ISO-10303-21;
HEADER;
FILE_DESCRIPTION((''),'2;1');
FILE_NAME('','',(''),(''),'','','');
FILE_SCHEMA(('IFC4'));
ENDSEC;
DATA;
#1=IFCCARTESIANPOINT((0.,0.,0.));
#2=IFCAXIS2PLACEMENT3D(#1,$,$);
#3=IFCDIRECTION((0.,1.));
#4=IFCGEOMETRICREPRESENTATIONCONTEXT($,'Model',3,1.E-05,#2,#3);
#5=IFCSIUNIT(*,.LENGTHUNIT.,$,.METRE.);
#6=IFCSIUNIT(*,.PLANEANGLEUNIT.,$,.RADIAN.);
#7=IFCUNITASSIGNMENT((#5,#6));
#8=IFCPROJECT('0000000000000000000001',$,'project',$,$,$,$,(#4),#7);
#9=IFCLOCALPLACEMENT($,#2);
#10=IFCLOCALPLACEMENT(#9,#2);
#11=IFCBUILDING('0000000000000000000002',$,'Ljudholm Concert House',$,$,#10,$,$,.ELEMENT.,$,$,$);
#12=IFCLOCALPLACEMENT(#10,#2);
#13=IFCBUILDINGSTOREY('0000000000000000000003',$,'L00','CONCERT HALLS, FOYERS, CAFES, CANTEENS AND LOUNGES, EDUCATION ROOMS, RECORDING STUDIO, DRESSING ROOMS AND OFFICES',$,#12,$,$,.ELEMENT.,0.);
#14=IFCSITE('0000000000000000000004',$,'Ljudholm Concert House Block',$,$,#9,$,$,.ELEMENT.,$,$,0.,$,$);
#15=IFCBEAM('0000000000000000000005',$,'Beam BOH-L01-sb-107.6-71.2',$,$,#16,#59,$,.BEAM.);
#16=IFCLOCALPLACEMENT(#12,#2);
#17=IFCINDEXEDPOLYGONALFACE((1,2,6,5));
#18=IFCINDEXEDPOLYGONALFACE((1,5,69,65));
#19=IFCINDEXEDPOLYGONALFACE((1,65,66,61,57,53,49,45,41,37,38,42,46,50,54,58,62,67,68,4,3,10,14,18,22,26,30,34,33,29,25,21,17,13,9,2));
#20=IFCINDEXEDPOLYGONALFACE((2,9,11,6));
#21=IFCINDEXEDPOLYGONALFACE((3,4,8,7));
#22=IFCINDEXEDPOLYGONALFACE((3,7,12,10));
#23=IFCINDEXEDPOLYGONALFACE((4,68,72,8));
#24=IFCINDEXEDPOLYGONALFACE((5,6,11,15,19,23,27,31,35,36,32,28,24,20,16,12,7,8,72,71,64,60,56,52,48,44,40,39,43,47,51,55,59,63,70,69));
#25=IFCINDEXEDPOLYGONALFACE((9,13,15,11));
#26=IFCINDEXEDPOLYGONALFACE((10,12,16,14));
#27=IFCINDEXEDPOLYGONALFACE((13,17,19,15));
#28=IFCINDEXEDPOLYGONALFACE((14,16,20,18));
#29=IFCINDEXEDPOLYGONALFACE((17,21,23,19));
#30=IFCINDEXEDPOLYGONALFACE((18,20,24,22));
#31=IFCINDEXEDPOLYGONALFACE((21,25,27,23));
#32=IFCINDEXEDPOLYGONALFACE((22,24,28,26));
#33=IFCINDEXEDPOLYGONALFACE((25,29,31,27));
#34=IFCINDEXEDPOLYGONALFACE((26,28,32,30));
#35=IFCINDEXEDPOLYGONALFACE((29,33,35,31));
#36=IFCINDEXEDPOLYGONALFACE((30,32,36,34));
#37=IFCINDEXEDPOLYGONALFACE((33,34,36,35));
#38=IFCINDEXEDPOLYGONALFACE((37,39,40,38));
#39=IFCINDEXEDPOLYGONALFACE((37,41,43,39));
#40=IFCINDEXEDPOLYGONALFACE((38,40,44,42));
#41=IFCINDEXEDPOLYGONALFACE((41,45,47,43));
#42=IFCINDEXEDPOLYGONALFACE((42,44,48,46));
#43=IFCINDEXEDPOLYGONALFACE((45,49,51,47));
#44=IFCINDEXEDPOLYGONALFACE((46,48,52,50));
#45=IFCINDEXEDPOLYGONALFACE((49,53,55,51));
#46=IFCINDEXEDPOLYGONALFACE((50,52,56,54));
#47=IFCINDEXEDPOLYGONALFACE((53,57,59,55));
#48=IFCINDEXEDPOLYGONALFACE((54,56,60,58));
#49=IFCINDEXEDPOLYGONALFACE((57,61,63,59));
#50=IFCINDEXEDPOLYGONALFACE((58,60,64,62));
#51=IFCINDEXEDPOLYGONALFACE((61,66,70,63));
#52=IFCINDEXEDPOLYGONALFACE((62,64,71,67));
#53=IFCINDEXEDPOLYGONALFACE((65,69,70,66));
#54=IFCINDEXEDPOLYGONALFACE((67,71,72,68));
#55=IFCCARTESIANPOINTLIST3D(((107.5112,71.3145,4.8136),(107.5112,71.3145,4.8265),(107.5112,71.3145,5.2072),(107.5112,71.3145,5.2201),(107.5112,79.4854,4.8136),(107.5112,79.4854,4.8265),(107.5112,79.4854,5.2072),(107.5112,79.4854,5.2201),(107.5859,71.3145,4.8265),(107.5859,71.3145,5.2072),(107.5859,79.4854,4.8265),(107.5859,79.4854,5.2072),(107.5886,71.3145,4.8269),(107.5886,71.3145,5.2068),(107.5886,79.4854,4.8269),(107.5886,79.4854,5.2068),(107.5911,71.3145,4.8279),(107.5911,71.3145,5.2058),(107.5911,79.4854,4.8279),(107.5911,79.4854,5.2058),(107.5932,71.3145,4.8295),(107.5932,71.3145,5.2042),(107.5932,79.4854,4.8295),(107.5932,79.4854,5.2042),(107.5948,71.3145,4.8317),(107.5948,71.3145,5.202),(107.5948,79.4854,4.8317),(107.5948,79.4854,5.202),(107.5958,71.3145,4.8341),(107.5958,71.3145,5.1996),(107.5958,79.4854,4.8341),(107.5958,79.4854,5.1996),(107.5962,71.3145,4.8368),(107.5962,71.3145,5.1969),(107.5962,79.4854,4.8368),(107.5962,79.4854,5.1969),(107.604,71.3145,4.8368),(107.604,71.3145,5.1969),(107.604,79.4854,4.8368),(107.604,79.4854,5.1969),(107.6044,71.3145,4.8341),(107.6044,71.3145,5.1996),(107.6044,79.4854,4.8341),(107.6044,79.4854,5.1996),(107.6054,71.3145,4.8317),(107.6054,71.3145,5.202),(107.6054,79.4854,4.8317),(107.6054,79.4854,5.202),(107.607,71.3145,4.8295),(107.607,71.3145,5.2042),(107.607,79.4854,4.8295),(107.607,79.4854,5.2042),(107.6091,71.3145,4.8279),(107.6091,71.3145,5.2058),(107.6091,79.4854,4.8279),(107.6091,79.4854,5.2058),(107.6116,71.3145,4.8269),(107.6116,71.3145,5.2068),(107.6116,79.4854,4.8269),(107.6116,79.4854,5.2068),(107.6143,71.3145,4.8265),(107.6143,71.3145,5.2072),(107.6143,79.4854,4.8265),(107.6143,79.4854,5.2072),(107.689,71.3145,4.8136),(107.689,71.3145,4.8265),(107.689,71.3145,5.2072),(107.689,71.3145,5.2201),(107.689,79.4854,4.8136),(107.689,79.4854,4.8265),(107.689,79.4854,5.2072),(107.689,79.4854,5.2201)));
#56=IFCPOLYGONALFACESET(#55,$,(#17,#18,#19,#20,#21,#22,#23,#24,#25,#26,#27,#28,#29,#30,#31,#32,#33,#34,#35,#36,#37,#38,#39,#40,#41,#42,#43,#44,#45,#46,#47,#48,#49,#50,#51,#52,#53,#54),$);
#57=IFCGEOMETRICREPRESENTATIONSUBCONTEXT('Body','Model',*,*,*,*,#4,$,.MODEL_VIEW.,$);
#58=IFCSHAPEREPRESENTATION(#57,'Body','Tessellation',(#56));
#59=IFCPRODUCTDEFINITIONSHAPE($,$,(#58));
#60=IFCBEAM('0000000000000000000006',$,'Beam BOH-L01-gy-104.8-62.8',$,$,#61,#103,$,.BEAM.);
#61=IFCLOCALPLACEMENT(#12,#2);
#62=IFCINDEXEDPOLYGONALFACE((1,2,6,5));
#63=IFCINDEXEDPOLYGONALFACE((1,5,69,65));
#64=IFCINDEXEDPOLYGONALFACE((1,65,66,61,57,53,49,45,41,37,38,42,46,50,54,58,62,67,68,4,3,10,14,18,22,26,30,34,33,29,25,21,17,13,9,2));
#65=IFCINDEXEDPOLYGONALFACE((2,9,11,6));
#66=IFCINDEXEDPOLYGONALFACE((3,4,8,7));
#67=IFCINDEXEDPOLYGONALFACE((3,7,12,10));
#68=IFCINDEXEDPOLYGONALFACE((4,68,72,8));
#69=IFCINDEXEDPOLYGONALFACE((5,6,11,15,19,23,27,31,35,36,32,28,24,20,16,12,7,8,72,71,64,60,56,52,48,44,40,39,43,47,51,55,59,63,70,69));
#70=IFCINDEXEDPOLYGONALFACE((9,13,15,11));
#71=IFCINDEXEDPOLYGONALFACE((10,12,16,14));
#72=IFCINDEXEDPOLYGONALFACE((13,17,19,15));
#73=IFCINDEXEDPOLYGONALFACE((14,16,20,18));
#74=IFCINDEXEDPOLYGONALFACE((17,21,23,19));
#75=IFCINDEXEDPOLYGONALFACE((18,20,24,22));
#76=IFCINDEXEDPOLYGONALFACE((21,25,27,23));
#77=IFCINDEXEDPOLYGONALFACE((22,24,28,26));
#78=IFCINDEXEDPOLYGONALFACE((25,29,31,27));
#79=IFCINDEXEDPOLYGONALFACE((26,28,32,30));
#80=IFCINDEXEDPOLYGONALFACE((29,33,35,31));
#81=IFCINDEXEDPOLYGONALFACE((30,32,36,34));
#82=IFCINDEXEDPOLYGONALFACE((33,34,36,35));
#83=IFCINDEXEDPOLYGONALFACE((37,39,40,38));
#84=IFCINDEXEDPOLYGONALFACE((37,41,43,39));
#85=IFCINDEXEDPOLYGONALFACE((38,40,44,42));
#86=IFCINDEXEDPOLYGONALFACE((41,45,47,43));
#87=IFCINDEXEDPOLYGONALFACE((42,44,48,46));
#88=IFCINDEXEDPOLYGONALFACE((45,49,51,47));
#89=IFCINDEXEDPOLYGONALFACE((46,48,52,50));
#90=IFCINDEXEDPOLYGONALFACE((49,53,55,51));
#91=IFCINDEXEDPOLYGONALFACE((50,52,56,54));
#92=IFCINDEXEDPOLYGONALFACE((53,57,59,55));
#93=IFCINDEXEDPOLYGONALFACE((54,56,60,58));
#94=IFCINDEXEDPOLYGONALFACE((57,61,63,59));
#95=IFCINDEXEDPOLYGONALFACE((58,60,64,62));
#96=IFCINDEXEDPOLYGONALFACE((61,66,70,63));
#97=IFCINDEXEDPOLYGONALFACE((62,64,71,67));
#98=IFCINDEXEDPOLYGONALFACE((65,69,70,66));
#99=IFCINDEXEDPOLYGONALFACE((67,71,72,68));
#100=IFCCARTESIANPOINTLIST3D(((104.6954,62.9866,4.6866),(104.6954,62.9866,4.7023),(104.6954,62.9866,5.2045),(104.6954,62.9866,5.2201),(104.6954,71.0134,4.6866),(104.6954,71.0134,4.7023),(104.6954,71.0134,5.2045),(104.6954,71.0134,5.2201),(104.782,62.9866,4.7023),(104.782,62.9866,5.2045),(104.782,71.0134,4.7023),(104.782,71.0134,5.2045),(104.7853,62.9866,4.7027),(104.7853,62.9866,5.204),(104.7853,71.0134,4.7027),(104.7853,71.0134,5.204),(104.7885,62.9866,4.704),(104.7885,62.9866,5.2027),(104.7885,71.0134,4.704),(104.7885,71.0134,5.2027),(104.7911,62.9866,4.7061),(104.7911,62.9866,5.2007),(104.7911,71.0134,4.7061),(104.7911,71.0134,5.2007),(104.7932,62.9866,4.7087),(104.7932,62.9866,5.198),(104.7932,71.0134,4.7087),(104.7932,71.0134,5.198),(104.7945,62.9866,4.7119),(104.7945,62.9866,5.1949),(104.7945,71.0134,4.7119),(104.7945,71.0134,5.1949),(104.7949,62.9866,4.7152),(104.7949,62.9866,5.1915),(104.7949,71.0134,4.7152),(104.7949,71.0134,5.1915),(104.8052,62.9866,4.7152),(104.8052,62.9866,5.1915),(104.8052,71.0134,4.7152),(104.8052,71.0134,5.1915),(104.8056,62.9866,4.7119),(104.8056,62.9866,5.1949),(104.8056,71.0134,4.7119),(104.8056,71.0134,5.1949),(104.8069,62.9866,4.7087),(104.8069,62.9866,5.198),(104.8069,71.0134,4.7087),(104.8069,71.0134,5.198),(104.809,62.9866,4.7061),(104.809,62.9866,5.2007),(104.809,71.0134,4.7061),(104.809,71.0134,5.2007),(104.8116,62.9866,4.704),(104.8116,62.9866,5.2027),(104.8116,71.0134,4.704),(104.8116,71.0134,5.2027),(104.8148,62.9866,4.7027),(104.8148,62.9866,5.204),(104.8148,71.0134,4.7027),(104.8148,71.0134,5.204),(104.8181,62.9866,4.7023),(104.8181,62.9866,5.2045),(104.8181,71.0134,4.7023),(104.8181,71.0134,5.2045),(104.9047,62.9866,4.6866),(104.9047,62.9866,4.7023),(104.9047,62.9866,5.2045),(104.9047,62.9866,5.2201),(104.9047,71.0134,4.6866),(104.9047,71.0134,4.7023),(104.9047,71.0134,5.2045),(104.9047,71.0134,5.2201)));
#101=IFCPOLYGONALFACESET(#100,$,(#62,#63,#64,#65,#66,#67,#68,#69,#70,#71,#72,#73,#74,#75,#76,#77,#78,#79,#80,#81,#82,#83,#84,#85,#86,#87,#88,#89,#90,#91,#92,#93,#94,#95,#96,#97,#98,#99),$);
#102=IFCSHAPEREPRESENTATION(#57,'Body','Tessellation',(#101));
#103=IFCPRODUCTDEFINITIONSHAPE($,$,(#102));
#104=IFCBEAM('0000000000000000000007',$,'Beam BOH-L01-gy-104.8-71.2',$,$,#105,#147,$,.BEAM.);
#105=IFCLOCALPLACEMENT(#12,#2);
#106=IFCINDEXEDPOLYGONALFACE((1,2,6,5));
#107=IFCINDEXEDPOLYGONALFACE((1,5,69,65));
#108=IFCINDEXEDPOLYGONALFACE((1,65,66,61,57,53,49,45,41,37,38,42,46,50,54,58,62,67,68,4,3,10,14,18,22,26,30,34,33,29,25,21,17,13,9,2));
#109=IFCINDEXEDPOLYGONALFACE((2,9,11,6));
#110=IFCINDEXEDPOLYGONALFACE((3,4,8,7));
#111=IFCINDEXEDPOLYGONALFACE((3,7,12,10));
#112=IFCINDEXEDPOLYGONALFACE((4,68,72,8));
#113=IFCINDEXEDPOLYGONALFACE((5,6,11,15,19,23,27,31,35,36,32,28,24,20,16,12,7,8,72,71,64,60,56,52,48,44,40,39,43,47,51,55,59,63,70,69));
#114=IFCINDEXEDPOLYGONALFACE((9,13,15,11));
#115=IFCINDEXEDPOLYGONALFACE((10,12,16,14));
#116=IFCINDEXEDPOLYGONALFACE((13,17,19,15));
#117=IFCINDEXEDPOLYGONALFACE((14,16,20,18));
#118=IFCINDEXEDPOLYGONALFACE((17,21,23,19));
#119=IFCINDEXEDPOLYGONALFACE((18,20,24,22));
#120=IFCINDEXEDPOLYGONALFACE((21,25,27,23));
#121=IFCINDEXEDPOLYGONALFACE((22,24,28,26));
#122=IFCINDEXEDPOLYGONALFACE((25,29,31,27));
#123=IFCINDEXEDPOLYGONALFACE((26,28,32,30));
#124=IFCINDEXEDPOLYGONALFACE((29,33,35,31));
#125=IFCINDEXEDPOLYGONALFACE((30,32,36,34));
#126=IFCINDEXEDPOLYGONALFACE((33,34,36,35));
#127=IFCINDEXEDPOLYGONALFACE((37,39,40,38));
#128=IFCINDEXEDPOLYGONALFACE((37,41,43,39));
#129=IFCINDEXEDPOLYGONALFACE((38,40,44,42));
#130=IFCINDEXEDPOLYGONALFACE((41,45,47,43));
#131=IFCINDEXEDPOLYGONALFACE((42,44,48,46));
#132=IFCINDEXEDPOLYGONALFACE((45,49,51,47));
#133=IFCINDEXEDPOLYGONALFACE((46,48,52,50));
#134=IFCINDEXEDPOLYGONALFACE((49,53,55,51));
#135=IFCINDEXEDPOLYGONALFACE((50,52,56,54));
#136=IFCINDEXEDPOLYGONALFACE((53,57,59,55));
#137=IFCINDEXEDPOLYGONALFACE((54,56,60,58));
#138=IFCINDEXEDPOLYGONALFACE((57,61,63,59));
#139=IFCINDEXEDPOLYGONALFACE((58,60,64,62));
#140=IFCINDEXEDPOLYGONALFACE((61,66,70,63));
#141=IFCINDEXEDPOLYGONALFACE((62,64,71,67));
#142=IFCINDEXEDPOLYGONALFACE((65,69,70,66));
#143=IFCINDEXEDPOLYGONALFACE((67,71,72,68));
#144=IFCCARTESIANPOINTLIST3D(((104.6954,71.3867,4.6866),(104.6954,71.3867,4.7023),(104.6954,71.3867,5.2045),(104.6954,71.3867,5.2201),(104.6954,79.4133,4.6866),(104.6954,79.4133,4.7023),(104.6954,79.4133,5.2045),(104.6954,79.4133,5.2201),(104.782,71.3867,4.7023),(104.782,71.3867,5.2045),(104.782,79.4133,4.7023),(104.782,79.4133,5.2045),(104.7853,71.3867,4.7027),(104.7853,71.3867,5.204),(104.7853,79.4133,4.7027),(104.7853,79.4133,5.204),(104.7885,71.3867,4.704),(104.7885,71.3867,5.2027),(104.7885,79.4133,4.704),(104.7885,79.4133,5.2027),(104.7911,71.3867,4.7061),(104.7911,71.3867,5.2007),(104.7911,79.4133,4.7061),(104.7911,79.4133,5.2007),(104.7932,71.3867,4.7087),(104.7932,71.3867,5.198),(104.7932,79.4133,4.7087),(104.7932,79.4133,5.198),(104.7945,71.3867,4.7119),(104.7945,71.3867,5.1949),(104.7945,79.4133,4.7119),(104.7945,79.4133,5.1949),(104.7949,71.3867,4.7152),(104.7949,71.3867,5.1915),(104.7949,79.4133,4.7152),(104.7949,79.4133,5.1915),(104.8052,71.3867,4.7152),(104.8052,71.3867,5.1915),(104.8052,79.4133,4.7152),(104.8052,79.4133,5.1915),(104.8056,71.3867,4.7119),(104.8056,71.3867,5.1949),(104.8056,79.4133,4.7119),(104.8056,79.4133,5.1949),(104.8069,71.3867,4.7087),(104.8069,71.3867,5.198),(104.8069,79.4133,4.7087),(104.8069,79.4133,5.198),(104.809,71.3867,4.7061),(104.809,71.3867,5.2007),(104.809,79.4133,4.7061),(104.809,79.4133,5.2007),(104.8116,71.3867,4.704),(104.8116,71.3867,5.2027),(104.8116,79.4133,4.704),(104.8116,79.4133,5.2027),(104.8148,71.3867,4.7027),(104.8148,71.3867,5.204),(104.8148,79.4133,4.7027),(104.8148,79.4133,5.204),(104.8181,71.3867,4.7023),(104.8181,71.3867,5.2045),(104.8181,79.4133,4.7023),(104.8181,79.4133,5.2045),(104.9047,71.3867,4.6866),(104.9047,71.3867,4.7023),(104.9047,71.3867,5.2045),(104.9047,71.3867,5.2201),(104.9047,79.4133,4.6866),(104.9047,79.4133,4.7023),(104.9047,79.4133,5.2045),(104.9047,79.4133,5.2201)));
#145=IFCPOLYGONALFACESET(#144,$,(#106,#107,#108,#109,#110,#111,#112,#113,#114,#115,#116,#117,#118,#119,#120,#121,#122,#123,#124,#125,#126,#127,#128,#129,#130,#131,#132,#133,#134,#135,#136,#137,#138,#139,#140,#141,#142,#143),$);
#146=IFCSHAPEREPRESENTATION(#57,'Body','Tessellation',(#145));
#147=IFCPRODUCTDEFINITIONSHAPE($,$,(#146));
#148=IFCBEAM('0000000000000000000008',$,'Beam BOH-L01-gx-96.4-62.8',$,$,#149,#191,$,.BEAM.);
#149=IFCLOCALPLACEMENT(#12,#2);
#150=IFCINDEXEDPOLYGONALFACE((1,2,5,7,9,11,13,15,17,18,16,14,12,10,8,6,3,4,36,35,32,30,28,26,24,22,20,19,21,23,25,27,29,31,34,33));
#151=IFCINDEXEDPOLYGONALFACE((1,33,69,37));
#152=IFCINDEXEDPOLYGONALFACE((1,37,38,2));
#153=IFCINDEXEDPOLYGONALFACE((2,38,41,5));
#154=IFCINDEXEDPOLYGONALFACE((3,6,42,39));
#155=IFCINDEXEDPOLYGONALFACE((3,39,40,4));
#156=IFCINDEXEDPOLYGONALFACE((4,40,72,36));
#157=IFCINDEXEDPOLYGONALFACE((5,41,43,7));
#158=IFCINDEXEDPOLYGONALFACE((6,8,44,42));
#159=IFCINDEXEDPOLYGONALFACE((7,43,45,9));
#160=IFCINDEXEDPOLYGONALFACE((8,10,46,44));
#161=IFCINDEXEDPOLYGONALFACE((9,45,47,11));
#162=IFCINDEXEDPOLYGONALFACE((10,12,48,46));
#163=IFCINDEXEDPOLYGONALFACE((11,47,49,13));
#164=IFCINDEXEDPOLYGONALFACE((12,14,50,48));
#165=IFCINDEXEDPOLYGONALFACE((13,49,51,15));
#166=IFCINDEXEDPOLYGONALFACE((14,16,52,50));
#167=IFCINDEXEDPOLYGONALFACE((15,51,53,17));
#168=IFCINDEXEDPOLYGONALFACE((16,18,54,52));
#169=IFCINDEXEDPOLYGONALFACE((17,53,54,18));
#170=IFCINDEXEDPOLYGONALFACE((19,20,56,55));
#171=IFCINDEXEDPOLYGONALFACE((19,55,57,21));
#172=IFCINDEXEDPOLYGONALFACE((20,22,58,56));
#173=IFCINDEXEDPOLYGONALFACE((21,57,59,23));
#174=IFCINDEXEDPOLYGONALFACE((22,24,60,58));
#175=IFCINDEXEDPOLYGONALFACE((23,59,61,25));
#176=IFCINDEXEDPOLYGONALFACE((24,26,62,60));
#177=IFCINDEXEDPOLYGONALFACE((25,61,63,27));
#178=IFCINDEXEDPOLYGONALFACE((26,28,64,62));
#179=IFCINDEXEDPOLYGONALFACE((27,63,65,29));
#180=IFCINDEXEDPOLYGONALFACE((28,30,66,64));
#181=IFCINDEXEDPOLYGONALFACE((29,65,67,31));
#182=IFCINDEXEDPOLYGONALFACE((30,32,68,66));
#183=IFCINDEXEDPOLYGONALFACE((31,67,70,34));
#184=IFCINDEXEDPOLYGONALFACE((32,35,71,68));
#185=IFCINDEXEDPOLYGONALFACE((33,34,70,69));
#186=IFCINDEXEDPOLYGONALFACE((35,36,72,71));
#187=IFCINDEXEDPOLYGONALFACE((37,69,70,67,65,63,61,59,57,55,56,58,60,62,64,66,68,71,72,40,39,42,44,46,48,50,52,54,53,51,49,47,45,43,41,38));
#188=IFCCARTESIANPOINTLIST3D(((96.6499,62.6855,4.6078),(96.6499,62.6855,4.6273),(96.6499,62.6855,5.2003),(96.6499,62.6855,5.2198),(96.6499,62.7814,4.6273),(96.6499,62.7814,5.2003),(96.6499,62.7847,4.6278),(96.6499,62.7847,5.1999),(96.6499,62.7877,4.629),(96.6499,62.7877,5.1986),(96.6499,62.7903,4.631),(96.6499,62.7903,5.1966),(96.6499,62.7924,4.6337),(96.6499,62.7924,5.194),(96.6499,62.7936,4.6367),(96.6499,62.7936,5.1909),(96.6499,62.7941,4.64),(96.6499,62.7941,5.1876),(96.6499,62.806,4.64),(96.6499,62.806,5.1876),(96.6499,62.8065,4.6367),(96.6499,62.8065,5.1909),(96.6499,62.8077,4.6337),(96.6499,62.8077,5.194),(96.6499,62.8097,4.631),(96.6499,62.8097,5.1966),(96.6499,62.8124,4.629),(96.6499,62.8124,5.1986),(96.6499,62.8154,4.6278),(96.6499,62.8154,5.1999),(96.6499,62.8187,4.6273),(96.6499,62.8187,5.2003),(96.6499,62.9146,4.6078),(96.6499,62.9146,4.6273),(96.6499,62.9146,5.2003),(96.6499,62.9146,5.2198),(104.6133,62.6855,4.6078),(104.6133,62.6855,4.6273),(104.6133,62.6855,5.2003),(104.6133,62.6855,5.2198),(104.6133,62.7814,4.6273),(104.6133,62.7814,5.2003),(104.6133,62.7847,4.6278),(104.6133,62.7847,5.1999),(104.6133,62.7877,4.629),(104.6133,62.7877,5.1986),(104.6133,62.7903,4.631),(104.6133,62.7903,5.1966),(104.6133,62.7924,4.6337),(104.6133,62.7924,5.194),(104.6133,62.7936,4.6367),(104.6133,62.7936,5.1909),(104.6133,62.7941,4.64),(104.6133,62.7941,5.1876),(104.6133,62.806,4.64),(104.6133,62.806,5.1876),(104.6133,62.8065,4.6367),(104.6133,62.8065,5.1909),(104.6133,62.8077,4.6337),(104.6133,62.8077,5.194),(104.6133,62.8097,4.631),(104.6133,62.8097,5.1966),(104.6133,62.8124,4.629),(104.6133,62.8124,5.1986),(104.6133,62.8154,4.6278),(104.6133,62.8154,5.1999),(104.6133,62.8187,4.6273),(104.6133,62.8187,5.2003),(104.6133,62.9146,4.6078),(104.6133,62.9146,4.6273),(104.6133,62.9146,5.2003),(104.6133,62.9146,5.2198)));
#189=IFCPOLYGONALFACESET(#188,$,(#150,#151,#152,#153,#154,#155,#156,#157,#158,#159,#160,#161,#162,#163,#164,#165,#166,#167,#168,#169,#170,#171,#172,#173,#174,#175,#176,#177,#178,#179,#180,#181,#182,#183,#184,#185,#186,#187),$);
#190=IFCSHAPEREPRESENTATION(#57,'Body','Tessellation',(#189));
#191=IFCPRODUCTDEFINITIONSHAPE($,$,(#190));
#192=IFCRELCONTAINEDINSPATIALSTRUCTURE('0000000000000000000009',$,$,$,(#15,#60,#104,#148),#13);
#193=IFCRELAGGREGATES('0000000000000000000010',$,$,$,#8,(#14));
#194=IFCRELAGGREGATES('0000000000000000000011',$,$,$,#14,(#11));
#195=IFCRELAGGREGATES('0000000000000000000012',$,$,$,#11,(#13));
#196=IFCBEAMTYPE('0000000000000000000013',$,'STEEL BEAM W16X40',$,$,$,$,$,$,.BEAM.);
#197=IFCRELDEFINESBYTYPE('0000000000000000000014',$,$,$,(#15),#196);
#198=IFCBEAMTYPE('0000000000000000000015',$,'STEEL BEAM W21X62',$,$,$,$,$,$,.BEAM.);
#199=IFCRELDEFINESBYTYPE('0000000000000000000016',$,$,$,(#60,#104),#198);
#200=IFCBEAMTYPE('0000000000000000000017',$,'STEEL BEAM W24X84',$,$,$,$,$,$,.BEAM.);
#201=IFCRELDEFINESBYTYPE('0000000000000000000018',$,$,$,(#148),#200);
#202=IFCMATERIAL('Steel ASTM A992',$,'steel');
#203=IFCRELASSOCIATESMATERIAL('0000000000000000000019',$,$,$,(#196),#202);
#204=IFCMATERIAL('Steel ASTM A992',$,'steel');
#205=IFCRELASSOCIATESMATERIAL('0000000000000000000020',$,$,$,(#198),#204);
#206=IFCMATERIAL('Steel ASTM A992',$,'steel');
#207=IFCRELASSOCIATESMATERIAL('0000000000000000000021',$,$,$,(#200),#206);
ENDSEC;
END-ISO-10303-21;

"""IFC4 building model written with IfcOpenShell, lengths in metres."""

from ifc_helpers import new_model, si_unit, direction, frame, origin, origin_2d, place, context, subcontext, project, spatial, i_section, extrude, material, material_profile, profile_set, type_object, element, save


model = new_model("IFC4")

# Units and contexts
model_context = context("Model", 3, precision=1e-05, world=origin(), true_north=direction((0.0, 1.0)))
body_context = subcontext(model_context, "Body", "Model", "MODEL_VIEW")
ifc_project = project(units=[si_unit("LENGTHUNIT", "METRE"), si_unit("PLANEANGLEUNIT", "RADIAN")], contexts=[model_context])

# Site, building, storey
site_placement = place(None, origin())
site = spatial("IfcSite", under=ifc_project, at=site_placement, Name="Ljudholm Concert House Block", CompositionType="ELEMENT", RefElevation=0.0)
building_placement = place(site_placement, origin())
building = spatial("IfcBuilding", under=site, at=building_placement, Name="Ljudholm Concert House", CompositionType="ELEMENT")
storey_placement = place(building_placement, origin())
storey = spatial("IfcBuildingStorey", under=building, at=storey_placement, Name="L00", Description="CONCERT HALLS, FOYERS, CAFES, CANTEENS AND LOUNGES, EDUCATION ROOMS, RECORDING STUDIO, DRESSING ROOMS AND OFFICES", CompositionType="ELEMENT", Elevation=0.0)

# Beams
ifc_material_1 = material(Name="Steel ASTM A992", Category="steel")
ifc_material_profile_1 = material_profile(ifc_material_1, i_section(OverallWidth=0.1777, OverallDepth=0.4065, WebThickness=0.0078, FlangeThickness=0.0129, FilletRadius=0.0103, at=origin_2d()), Name="W16X40")
ifc_profile_set_1 = profile_set([ifc_material_profile_1], Name="Steel ASTM A992")
beam_type_1 = type_object("IfcBeamType", Name="STEEL BEAM W16X40", PredefinedType="BEAM", material=ifc_profile_set_1)
for number, where, z_axis, x_axis, name in (
    (1, (107.6001, 71.3145, 5.0168), (0.0, 1.0, 0.0), (-1.0, 0.0, 0.0), "Beam BOH-L01-sb-107.6-71.2"),
):
    element("IfcBeam", number, at=place(storey_placement, frame(where, z_axis=z_axis, x_axis=x_axis)), inside=storey, type_object=beam_type_1, Name=name, PredefinedType="BEAM", context=body_context, shape_type="SweptSolid", body=[
        extrude(i_section(OverallWidth=0.1777, OverallDepth=0.4065, WebThickness=0.0078, FlangeThickness=0.0129, FilletRadius=0.0103, at=origin_2d()), origin(), (0.0, 0.0, 1.0), 8.1709),
    ])
ifc_material_2 = material(Name="Steel ASTM A992", Category="steel")
ifc_material_profile_2 = material_profile(ifc_material_2, i_section(OverallWidth=0.2092, OverallDepth=0.5334, WebThickness=0.0103, FlangeThickness=0.0156, FilletRadius=0.0129, at=origin_2d()), Name="W21X62")
ifc_profile_set_2 = profile_set([ifc_material_profile_2], Name="Steel ASTM A992")
beam_type_2 = type_object("IfcBeamType", Name="STEEL BEAM W21X62", PredefinedType="BEAM", material=ifc_profile_set_2)
beam_1_placement = place(storey_placement, frame((104.8, 62.9866, 4.9534), z_axis=(0.0, 1.0, 0.0), x_axis=(-1.0, 0.0, 0.0)))
element("IfcBeam", 2, at=beam_1_placement, inside=storey, type_object=beam_type_2, Name="Beam BOH-L01-gy-104.8-62.8", PredefinedType="BEAM", context=body_context, shape_type="SweptSolid", body=[
    extrude(i_section(OverallWidth=0.2092, OverallDepth=0.5334, WebThickness=0.0103, FlangeThickness=0.0156, FilletRadius=0.0129, at=origin_2d()), origin(), (0.0, 0.0, 1.0), 8.0269),
])
beam_2_placement = place(storey_placement, frame((104.8, 71.3867, 4.9534), z_axis=(0.0, 1.0, 0.0), x_axis=(-1.0, 0.0, 0.0)))
element("IfcBeam", 3, at=beam_2_placement, inside=storey, type_object=beam_type_2, Name="Beam BOH-L01-gy-104.8-71.2", PredefinedType="BEAM", context=body_context, shape_type="SweptSolid", body=[
    extrude(i_section(OverallWidth=0.2092, OverallDepth=0.5334, WebThickness=0.0103, FlangeThickness=0.0156, FilletRadius=0.0129, at=origin_2d()), origin(), (0.0, 0.0, 1.0), 8.0266),
])
ifc_material_3 = material(Name="Steel ASTM A992", Category="steel")
ifc_material_profile_3 = material_profile(ifc_material_3, i_section(OverallWidth=0.229, OverallDepth=0.6121, WebThickness=0.012, FlangeThickness=0.0195, FilletRadius=0.0127, at=origin_2d()), Name="W24X84")
ifc_profile_set_3 = profile_set([ifc_material_profile_3], Name="Steel ASTM A992")
beam_type_3 = type_object("IfcBeamType", Name="STEEL BEAM W24X84", PredefinedType="BEAM", material=ifc_profile_set_3)
beam_3_placement = place(storey_placement, frame((96.6499, 62.8, 4.9138), z_axis=(1.0, 0.0, 0.0), x_axis=(0.0, 1.0, 0.0)))
element("IfcBeam", 4, at=beam_3_placement, inside=storey, type_object=beam_type_3, Name="Beam BOH-L01-gx-96.4-62.8", PredefinedType="BEAM", context=body_context, shape_type="SweptSolid", body=[
    extrude(i_section(OverallWidth=0.229, OverallDepth=0.6121, WebThickness=0.012, FlangeThickness=0.0195, FilletRadius=0.0127, at=origin_2d()), origin(), (0.0, 0.0, 1.0), 7.9634),
])

save(model, "model.ifc")
